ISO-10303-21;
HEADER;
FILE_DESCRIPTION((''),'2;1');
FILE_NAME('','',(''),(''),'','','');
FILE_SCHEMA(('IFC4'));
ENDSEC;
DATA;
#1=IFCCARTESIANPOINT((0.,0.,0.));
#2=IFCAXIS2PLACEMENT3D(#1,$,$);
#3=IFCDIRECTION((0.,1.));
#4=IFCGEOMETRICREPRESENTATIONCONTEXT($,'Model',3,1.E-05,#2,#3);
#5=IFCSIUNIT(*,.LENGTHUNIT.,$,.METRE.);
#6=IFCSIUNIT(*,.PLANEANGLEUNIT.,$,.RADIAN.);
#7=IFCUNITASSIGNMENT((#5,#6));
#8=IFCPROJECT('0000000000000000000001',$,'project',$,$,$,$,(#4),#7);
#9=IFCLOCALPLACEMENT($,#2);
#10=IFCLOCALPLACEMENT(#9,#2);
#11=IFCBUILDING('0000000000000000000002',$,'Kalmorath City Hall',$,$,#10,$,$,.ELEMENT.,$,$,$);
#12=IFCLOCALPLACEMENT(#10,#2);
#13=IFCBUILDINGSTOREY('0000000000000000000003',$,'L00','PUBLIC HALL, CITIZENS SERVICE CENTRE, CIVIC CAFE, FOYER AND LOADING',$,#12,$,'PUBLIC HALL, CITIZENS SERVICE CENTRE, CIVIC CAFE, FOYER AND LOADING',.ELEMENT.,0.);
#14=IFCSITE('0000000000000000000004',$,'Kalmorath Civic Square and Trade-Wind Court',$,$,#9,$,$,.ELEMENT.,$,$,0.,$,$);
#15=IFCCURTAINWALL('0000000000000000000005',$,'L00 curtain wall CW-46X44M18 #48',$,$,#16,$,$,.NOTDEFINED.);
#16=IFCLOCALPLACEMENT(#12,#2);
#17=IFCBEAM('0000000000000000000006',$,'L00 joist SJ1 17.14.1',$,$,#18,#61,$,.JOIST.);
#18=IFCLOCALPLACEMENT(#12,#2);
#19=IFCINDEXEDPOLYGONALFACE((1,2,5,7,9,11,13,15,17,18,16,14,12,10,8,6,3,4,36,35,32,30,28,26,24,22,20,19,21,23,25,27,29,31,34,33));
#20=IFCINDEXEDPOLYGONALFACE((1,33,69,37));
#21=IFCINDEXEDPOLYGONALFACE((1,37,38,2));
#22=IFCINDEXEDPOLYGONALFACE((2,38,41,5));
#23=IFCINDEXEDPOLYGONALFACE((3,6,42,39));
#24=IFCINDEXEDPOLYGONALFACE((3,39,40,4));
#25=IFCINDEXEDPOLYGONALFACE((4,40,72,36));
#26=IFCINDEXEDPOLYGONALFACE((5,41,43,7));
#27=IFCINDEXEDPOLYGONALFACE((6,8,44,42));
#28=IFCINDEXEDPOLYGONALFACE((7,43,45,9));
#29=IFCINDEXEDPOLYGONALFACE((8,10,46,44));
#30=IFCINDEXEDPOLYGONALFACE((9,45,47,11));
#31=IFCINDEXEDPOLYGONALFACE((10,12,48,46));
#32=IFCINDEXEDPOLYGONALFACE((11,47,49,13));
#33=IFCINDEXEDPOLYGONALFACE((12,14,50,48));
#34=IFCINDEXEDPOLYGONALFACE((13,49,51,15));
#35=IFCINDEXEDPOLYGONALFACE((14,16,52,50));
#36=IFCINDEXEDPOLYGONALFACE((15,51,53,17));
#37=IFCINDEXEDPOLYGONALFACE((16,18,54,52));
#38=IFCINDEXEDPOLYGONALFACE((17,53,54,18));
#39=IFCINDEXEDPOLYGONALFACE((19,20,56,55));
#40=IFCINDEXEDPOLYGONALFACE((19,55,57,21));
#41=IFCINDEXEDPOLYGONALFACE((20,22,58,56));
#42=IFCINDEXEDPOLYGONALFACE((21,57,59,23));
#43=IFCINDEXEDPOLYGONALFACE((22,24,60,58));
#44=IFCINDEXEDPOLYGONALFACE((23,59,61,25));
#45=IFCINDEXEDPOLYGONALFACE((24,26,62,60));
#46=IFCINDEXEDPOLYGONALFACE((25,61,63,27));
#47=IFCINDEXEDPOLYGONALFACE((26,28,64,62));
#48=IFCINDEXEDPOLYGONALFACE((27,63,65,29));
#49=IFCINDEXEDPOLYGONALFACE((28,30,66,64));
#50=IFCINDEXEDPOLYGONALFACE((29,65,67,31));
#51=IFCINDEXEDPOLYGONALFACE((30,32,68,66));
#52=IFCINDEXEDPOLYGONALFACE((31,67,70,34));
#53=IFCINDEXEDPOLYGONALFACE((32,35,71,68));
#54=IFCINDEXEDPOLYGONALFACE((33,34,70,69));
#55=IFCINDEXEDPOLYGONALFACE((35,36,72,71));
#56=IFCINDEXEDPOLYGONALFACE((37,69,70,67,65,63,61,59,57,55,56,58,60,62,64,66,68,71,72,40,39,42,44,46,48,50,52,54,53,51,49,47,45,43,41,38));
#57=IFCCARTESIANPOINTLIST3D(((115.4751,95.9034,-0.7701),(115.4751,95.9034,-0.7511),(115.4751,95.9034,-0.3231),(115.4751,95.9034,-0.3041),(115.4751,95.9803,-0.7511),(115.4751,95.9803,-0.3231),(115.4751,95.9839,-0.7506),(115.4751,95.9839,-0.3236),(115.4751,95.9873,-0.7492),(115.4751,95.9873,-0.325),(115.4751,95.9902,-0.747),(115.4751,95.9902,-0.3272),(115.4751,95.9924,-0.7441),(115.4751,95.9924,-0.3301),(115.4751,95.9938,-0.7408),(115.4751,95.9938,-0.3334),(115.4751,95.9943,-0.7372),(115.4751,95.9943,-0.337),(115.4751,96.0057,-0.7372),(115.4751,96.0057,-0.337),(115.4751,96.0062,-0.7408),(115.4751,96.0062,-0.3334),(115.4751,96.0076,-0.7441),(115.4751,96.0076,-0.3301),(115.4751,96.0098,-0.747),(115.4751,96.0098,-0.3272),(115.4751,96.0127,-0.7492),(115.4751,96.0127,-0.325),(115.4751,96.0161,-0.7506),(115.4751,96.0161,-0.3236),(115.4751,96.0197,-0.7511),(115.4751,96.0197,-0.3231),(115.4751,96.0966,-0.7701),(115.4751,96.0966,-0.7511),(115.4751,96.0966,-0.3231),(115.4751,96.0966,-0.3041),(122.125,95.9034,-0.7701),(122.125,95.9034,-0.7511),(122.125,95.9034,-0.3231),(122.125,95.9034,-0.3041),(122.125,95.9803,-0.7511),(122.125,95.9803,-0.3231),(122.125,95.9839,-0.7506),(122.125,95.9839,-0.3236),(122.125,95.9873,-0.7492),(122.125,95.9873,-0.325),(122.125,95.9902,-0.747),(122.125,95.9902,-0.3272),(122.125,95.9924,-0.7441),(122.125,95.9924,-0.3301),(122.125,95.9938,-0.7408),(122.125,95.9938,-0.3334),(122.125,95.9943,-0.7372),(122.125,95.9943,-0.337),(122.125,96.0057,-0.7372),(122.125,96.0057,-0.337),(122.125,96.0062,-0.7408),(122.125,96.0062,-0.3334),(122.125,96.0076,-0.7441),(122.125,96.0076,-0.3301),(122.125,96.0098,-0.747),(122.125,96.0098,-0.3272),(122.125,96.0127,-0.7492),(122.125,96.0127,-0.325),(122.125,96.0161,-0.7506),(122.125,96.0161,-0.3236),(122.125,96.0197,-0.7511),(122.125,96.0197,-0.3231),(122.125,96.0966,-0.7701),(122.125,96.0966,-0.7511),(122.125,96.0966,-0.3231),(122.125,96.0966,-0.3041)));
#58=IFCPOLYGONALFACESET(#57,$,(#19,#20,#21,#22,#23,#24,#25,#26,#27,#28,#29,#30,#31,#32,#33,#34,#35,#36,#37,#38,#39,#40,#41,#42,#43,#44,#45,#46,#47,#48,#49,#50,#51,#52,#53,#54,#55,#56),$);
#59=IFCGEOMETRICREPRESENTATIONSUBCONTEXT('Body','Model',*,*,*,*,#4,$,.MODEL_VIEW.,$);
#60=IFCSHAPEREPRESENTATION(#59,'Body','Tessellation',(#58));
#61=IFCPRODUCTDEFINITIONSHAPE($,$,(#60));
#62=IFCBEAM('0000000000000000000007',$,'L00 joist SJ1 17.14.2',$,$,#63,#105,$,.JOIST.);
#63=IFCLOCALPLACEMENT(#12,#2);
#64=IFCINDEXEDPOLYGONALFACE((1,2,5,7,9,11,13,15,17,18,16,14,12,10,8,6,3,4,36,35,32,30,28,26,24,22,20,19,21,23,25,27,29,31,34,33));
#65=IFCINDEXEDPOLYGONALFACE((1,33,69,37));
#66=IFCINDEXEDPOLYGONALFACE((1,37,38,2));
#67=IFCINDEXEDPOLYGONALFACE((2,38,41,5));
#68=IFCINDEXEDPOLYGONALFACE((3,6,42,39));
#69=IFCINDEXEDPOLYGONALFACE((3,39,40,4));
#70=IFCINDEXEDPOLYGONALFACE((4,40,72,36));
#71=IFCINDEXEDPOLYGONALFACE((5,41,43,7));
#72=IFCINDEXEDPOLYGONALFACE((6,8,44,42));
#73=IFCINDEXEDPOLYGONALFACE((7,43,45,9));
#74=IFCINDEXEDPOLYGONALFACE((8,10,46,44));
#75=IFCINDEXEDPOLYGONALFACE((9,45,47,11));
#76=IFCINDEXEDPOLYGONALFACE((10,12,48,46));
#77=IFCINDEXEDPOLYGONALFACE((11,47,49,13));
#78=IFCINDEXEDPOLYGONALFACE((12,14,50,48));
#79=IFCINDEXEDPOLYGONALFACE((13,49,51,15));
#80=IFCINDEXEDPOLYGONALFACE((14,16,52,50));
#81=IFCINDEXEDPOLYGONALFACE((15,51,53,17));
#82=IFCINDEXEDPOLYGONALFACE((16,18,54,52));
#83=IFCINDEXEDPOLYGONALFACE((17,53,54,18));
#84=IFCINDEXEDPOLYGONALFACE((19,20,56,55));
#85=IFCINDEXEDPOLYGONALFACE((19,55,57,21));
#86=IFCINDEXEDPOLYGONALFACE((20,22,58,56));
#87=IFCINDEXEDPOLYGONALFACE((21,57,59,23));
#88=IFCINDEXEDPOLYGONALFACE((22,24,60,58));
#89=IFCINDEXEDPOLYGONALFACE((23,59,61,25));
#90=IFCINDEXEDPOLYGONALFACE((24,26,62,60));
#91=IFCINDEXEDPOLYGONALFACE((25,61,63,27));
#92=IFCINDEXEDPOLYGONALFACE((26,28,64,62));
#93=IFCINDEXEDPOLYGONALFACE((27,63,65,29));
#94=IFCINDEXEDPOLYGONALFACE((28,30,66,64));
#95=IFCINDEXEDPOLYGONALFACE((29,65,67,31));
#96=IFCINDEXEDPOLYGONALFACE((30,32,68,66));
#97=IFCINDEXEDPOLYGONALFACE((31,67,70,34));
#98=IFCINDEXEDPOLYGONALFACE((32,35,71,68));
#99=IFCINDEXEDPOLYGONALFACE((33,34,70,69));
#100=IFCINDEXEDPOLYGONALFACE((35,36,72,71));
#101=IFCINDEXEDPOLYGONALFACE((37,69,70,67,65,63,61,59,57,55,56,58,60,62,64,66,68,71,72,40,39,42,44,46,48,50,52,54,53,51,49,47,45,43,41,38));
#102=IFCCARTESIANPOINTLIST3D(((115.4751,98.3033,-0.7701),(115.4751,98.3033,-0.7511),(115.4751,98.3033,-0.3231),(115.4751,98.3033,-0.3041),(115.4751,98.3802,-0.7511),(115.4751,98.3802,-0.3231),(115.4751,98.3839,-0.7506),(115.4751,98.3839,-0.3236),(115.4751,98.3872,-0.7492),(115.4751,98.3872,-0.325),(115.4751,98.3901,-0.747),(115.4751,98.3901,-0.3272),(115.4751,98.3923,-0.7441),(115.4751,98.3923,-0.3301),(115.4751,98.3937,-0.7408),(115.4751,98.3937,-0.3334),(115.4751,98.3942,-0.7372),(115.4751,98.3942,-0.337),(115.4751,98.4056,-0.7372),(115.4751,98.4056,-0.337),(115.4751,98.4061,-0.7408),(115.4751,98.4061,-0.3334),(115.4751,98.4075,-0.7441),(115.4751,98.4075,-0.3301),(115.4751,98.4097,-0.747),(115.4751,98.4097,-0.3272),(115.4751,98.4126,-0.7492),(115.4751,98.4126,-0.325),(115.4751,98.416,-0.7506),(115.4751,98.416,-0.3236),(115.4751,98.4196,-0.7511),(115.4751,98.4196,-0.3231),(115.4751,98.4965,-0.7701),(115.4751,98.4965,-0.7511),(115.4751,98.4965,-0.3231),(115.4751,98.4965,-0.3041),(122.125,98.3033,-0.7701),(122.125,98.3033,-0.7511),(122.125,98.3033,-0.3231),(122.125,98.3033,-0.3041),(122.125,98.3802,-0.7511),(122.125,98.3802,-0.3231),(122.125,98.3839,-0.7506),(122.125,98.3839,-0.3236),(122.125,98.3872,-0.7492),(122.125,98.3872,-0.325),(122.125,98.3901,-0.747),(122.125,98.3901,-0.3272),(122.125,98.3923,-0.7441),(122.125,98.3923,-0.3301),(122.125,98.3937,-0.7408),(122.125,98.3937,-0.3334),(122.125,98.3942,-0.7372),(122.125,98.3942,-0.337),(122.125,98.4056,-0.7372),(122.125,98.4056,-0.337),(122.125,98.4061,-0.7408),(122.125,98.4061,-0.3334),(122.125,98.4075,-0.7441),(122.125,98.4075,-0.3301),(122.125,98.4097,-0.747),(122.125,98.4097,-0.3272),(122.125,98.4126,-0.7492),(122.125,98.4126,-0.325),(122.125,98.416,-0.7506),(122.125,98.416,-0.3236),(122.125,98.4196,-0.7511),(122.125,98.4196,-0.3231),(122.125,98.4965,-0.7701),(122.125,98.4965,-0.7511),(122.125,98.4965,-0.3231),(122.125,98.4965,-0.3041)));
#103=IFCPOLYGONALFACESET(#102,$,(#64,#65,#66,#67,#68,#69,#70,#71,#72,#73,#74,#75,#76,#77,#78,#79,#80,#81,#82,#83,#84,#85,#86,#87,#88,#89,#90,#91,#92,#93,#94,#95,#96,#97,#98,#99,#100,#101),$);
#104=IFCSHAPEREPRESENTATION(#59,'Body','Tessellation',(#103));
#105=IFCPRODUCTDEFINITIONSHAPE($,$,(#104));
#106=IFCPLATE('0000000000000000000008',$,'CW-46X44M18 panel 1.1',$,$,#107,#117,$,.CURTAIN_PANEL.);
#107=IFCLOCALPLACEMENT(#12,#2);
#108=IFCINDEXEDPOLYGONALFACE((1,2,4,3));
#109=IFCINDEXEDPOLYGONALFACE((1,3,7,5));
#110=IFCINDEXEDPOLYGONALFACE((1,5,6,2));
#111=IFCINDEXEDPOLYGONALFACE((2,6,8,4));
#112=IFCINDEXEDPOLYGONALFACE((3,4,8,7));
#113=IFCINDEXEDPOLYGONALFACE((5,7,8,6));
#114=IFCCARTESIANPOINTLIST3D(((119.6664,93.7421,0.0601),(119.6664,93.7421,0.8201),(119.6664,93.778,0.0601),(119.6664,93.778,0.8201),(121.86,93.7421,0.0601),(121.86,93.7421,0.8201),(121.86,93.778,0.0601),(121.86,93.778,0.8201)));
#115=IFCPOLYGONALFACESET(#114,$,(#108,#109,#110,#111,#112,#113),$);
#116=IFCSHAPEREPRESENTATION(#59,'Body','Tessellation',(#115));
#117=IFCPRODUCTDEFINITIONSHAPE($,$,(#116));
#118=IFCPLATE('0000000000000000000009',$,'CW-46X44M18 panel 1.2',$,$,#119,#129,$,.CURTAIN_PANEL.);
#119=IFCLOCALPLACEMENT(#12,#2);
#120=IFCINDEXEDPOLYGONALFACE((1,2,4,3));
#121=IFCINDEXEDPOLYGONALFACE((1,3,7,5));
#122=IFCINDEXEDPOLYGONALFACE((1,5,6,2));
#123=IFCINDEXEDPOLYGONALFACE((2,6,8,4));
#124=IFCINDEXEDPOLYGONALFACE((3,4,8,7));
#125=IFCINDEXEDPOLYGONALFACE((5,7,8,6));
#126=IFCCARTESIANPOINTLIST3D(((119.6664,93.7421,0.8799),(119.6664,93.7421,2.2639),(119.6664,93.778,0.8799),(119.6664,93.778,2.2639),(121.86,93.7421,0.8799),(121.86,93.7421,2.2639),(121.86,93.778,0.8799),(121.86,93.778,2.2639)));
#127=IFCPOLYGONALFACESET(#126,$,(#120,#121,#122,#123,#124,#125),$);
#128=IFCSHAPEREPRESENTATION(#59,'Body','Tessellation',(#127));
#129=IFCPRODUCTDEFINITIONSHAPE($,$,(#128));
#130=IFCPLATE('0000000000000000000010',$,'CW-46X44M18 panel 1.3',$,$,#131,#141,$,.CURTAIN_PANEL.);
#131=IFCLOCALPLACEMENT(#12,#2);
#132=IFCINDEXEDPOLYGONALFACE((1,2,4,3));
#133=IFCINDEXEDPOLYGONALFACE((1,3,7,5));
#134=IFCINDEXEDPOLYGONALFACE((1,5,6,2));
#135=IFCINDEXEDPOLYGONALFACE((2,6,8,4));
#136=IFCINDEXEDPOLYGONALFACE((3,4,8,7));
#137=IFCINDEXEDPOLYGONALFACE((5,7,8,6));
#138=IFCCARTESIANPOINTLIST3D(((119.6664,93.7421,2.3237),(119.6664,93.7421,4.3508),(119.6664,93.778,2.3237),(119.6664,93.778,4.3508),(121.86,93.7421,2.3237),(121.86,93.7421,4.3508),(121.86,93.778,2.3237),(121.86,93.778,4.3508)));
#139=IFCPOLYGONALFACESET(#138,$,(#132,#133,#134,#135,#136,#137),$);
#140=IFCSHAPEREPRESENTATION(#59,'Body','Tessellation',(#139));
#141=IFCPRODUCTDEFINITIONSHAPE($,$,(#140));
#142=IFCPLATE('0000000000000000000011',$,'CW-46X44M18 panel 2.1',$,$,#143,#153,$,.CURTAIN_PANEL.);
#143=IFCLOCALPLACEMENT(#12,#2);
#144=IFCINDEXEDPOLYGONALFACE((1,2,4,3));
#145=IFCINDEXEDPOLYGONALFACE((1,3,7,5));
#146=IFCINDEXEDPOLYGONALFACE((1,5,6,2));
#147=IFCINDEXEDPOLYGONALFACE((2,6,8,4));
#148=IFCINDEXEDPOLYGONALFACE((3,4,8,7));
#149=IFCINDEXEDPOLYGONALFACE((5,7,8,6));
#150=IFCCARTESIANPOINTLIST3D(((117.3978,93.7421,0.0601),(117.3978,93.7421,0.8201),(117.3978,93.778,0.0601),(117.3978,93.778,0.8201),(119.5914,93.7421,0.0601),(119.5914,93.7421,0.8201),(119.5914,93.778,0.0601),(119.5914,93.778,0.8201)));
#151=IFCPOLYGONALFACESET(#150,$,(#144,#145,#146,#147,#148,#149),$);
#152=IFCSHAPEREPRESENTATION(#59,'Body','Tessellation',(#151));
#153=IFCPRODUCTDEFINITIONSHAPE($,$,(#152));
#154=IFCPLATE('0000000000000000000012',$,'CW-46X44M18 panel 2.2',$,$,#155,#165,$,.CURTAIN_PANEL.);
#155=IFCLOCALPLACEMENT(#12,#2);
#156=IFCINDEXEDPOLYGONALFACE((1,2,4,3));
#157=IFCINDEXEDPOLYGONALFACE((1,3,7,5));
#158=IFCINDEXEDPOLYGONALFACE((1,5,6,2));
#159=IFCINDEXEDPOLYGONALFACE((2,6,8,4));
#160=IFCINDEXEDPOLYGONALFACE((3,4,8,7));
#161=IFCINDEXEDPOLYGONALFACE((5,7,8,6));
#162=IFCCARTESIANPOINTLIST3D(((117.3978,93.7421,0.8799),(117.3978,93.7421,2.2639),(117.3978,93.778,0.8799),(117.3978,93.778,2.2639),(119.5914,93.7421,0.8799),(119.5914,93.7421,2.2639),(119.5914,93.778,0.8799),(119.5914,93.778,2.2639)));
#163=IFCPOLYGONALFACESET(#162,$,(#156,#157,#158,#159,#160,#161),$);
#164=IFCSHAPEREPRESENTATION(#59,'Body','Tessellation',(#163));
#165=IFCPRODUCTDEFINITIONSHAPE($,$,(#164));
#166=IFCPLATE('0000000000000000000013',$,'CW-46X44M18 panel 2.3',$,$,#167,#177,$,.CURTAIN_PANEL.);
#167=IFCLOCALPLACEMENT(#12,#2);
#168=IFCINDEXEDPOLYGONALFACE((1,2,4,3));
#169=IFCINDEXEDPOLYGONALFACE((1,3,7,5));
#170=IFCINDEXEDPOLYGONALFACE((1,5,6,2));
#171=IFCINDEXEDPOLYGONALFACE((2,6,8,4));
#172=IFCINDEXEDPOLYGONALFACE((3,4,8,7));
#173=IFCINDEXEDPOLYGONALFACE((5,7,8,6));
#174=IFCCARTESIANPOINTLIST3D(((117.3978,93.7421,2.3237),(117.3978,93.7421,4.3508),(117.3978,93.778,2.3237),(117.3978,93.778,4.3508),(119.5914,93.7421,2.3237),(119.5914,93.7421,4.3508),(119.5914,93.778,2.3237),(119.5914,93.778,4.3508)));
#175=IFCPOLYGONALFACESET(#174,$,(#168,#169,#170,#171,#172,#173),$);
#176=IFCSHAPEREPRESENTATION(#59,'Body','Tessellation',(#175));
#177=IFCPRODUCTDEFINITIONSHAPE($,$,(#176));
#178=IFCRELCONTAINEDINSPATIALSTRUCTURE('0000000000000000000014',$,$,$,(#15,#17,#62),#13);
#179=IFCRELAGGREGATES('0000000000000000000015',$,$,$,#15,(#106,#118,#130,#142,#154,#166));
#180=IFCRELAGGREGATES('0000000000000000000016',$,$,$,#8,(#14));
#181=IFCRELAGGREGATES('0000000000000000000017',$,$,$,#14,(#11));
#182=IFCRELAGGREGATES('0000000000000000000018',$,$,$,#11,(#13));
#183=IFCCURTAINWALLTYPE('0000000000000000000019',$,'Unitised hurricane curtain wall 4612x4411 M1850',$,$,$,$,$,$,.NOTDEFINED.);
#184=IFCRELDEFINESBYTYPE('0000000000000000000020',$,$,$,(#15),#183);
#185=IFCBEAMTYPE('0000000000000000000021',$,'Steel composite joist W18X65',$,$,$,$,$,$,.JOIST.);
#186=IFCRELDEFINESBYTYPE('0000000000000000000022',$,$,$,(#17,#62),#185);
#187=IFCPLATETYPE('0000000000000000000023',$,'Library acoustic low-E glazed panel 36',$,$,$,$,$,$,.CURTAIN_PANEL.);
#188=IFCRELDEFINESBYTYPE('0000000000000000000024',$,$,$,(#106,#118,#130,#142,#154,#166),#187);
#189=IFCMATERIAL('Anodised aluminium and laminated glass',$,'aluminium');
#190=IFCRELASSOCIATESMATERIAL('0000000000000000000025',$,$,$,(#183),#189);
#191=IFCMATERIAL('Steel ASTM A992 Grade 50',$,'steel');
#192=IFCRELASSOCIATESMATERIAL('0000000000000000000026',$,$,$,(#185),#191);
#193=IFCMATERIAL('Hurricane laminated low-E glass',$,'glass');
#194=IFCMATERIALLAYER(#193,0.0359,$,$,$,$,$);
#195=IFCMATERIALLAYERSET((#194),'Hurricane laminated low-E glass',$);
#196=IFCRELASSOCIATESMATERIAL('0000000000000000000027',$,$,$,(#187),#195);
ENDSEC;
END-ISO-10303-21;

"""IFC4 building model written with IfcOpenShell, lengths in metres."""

from ifc_helpers import new_model, si_unit, direction, frame, origin, origin_2d, place, context, subcontext, project, spatial, rectangle, i_section, extrude, material, layer, layer_set, material_profile, profile_set, type_object, element, aggregate, save


model = new_model("IFC4")

# Units and contexts
model_context = context("Model", 3, precision=1e-05, world=origin(), true_north=direction((0.0, 1.0)))
body_context = subcontext(model_context, "Body", "Model", "MODEL_VIEW")
ifc_project = project(units=[si_unit("LENGTHUNIT", "METRE"), si_unit("PLANEANGLEUNIT", "RADIAN")], contexts=[model_context])

# Site, building, storey
site_placement = place(None, origin())
site = spatial("IfcSite", under=ifc_project, at=site_placement, Name="Kalmorath Civic Square and Trade-Wind Court", CompositionType="ELEMENT", RefElevation=0.0)
building_placement = place(site_placement, origin())
building = spatial("IfcBuilding", under=site, at=building_placement, Name="Kalmorath City Hall", CompositionType="ELEMENT")
storey_placement = place(building_placement, origin())
storey = spatial("IfcBuildingStorey", under=building, at=storey_placement, Name="L00", Description="PUBLIC HALL, CITIZENS SERVICE CENTRE, CIVIC CAFE, FOYER AND LOADING", LongName="PUBLIC HALL, CITIZENS SERVICE CENTRE, CIVIC CAFE, FOYER AND LOADING", CompositionType="ELEMENT", Elevation=0.0)

# Curtain wall
ifc_material_1 = material(Name="Anodised aluminium and laminated glass", Category="aluminium")
curtain_wall_type = type_object("IfcCurtainWallType", Name="Unitised hurricane curtain wall 4612x4411 M1850", PredefinedType="NOTDEFINED", material=ifc_material_1)
curtain_wall_placement = place(storey_placement, origin())
curtain_wall = element("IfcCurtainWall", 1, at=curtain_wall_placement, inside=storey, type_object=curtain_wall_type, Name="L00 curtain wall CW-46X44M18 #48", PredefinedType="NOTDEFINED")

# Beams
ifc_material_2 = material(Name="Steel ASTM A992 Grade 50", Category="steel")
ifc_material_profile_1 = material_profile(ifc_material_2, i_section(OverallWidth=0.1931, OverallDepth=0.4661, WebThickness=0.0115, FlangeThickness=0.019, FilletRadius=0.0139, at=origin_2d()), Name="W18X65")
ifc_profile_set_1 = profile_set([ifc_material_profile_1], Name="Steel ASTM A992 Grade 50")
beam_type_1 = type_object("IfcBeamType", Name="Steel composite joist W18X65", PredefinedType="JOIST", material=ifc_profile_set_1)
for number, where, z_axis, x_axis, name in (
    (2, (115.4751, 96.0, -0.5371), (1.0, 0.0, 0.0), (0.0, 1.0, 0.0), "L00 joist SJ1 17.14.1"),
    (3, (115.4751, 98.3999, -0.5371), (1.0, 0.0, 0.0), (0.0, 1.0, 0.0), "L00 joist SJ1 17.14.2"),
):
    element("IfcBeam", number, at=place(storey_placement, frame(where, z_axis=z_axis, x_axis=x_axis)), inside=storey, type_object=beam_type_1, Name=name, PredefinedType="JOIST", context=body_context, shape_type="SweptSolid", body=[
        extrude(i_section(OverallWidth=0.1931, OverallDepth=0.4661, WebThickness=0.0115, FlangeThickness=0.019, FilletRadius=0.0139, at=origin_2d()), origin(), (0.0, 0.0, 1.0), 6.6499),
    ])

# Plates
ifc_material_3 = material(Name="Hurricane laminated low-E glass", Category="glass")
ifc_layer = layer(ifc_material_3, 0.0359)
ifc_layer_set = layer_set([ifc_layer], Name="Hurricane laminated low-E glass")
plate_type = type_object("IfcPlateType", Name="Library acoustic low-E glazed panel 36", PredefinedType="CURTAIN_PANEL", material=ifc_layer_set)
plate_1_placement = place(storey_placement, frame((120.7632, 93.76, 0.0601), z_axis=(0.0, 0.0, 1.0), x_axis=(-1.0, 0.0, 0.0)))
plate_1 = element("IfcPlate", 4, at=plate_1_placement, type_object=plate_type, Name="CW-46X44M18 panel 1.1", PredefinedType="CURTAIN_PANEL", context=body_context, shape_type="SweptSolid", body=[
    extrude(rectangle(XDim=2.1936, YDim=0.0359, at=origin_2d()), origin(), (0.0, 0.0, 1.0), 0.76),
])
plate_2_placement = place(storey_placement, frame((120.7632, 93.76, 0.8799), z_axis=(0.0, 0.0, 1.0), x_axis=(-1.0, 0.0, 0.0)))
plate_2 = element("IfcPlate", 5, at=plate_2_placement, type_object=plate_type, Name="CW-46X44M18 panel 1.2", PredefinedType="CURTAIN_PANEL", context=body_context, shape_type="SweptSolid", body=[
    extrude(rectangle(XDim=2.1936, YDim=0.0359, at=origin_2d()), origin(), (0.0, 0.0, 1.0), 1.384),
])
plate_3_placement = place(storey_placement, frame((120.7632, 93.76, 2.3237), z_axis=(0.0, 0.0, 1.0), x_axis=(-1.0, 0.0, 0.0)))
plate_3 = element("IfcPlate", 6, at=plate_3_placement, type_object=plate_type, Name="CW-46X44M18 panel 1.3", PredefinedType="CURTAIN_PANEL", context=body_context, shape_type="SweptSolid", body=[
    extrude(rectangle(XDim=2.1936, YDim=0.0359, at=origin_2d()), origin(), (0.0, 0.0, 1.0), 2.0271),
])
plate_4_placement = place(storey_placement, frame((118.4946, 93.76, 0.0601), z_axis=(0.0, 0.0, 1.0), x_axis=(-1.0, 0.0, 0.0)))
plate_4 = element("IfcPlate", 7, at=plate_4_placement, type_object=plate_type, Name="CW-46X44M18 panel 2.1", PredefinedType="CURTAIN_PANEL", context=body_context, shape_type="SweptSolid", body=[
    extrude(rectangle(XDim=2.1936, YDim=0.0359, at=origin_2d()), origin(), (0.0, 0.0, 1.0), 0.76),
])
plate_5_placement = place(storey_placement, frame((118.4946, 93.76, 0.8799), z_axis=(0.0, 0.0, 1.0), x_axis=(-1.0, 0.0, 0.0)))
plate_5 = element("IfcPlate", 8, at=plate_5_placement, type_object=plate_type, Name="CW-46X44M18 panel 2.2", PredefinedType="CURTAIN_PANEL", context=body_context, shape_type="SweptSolid", body=[
    extrude(rectangle(XDim=2.1936, YDim=0.0359, at=origin_2d()), origin(), (0.0, 0.0, 1.0), 1.384),
])
plate_6_placement = place(storey_placement, frame((118.4946, 93.76, 2.3237), z_axis=(0.0, 0.0, 1.0), x_axis=(-1.0, 0.0, 0.0)))
plate_6 = element("IfcPlate", 9, at=plate_6_placement, type_object=plate_type, Name="CW-46X44M18 panel 2.3", PredefinedType="CURTAIN_PANEL", context=body_context, shape_type="SweptSolid", body=[
    extrude(rectangle(XDim=2.1936, YDim=0.0359, at=origin_2d()), origin(), (0.0, 0.0, 1.0), 2.0271),
])
aggregate(curtain_wall, [plate_1, plate_2, plate_3, plate_4, plate_5, plate_6])

save(model, "model.ifc")
